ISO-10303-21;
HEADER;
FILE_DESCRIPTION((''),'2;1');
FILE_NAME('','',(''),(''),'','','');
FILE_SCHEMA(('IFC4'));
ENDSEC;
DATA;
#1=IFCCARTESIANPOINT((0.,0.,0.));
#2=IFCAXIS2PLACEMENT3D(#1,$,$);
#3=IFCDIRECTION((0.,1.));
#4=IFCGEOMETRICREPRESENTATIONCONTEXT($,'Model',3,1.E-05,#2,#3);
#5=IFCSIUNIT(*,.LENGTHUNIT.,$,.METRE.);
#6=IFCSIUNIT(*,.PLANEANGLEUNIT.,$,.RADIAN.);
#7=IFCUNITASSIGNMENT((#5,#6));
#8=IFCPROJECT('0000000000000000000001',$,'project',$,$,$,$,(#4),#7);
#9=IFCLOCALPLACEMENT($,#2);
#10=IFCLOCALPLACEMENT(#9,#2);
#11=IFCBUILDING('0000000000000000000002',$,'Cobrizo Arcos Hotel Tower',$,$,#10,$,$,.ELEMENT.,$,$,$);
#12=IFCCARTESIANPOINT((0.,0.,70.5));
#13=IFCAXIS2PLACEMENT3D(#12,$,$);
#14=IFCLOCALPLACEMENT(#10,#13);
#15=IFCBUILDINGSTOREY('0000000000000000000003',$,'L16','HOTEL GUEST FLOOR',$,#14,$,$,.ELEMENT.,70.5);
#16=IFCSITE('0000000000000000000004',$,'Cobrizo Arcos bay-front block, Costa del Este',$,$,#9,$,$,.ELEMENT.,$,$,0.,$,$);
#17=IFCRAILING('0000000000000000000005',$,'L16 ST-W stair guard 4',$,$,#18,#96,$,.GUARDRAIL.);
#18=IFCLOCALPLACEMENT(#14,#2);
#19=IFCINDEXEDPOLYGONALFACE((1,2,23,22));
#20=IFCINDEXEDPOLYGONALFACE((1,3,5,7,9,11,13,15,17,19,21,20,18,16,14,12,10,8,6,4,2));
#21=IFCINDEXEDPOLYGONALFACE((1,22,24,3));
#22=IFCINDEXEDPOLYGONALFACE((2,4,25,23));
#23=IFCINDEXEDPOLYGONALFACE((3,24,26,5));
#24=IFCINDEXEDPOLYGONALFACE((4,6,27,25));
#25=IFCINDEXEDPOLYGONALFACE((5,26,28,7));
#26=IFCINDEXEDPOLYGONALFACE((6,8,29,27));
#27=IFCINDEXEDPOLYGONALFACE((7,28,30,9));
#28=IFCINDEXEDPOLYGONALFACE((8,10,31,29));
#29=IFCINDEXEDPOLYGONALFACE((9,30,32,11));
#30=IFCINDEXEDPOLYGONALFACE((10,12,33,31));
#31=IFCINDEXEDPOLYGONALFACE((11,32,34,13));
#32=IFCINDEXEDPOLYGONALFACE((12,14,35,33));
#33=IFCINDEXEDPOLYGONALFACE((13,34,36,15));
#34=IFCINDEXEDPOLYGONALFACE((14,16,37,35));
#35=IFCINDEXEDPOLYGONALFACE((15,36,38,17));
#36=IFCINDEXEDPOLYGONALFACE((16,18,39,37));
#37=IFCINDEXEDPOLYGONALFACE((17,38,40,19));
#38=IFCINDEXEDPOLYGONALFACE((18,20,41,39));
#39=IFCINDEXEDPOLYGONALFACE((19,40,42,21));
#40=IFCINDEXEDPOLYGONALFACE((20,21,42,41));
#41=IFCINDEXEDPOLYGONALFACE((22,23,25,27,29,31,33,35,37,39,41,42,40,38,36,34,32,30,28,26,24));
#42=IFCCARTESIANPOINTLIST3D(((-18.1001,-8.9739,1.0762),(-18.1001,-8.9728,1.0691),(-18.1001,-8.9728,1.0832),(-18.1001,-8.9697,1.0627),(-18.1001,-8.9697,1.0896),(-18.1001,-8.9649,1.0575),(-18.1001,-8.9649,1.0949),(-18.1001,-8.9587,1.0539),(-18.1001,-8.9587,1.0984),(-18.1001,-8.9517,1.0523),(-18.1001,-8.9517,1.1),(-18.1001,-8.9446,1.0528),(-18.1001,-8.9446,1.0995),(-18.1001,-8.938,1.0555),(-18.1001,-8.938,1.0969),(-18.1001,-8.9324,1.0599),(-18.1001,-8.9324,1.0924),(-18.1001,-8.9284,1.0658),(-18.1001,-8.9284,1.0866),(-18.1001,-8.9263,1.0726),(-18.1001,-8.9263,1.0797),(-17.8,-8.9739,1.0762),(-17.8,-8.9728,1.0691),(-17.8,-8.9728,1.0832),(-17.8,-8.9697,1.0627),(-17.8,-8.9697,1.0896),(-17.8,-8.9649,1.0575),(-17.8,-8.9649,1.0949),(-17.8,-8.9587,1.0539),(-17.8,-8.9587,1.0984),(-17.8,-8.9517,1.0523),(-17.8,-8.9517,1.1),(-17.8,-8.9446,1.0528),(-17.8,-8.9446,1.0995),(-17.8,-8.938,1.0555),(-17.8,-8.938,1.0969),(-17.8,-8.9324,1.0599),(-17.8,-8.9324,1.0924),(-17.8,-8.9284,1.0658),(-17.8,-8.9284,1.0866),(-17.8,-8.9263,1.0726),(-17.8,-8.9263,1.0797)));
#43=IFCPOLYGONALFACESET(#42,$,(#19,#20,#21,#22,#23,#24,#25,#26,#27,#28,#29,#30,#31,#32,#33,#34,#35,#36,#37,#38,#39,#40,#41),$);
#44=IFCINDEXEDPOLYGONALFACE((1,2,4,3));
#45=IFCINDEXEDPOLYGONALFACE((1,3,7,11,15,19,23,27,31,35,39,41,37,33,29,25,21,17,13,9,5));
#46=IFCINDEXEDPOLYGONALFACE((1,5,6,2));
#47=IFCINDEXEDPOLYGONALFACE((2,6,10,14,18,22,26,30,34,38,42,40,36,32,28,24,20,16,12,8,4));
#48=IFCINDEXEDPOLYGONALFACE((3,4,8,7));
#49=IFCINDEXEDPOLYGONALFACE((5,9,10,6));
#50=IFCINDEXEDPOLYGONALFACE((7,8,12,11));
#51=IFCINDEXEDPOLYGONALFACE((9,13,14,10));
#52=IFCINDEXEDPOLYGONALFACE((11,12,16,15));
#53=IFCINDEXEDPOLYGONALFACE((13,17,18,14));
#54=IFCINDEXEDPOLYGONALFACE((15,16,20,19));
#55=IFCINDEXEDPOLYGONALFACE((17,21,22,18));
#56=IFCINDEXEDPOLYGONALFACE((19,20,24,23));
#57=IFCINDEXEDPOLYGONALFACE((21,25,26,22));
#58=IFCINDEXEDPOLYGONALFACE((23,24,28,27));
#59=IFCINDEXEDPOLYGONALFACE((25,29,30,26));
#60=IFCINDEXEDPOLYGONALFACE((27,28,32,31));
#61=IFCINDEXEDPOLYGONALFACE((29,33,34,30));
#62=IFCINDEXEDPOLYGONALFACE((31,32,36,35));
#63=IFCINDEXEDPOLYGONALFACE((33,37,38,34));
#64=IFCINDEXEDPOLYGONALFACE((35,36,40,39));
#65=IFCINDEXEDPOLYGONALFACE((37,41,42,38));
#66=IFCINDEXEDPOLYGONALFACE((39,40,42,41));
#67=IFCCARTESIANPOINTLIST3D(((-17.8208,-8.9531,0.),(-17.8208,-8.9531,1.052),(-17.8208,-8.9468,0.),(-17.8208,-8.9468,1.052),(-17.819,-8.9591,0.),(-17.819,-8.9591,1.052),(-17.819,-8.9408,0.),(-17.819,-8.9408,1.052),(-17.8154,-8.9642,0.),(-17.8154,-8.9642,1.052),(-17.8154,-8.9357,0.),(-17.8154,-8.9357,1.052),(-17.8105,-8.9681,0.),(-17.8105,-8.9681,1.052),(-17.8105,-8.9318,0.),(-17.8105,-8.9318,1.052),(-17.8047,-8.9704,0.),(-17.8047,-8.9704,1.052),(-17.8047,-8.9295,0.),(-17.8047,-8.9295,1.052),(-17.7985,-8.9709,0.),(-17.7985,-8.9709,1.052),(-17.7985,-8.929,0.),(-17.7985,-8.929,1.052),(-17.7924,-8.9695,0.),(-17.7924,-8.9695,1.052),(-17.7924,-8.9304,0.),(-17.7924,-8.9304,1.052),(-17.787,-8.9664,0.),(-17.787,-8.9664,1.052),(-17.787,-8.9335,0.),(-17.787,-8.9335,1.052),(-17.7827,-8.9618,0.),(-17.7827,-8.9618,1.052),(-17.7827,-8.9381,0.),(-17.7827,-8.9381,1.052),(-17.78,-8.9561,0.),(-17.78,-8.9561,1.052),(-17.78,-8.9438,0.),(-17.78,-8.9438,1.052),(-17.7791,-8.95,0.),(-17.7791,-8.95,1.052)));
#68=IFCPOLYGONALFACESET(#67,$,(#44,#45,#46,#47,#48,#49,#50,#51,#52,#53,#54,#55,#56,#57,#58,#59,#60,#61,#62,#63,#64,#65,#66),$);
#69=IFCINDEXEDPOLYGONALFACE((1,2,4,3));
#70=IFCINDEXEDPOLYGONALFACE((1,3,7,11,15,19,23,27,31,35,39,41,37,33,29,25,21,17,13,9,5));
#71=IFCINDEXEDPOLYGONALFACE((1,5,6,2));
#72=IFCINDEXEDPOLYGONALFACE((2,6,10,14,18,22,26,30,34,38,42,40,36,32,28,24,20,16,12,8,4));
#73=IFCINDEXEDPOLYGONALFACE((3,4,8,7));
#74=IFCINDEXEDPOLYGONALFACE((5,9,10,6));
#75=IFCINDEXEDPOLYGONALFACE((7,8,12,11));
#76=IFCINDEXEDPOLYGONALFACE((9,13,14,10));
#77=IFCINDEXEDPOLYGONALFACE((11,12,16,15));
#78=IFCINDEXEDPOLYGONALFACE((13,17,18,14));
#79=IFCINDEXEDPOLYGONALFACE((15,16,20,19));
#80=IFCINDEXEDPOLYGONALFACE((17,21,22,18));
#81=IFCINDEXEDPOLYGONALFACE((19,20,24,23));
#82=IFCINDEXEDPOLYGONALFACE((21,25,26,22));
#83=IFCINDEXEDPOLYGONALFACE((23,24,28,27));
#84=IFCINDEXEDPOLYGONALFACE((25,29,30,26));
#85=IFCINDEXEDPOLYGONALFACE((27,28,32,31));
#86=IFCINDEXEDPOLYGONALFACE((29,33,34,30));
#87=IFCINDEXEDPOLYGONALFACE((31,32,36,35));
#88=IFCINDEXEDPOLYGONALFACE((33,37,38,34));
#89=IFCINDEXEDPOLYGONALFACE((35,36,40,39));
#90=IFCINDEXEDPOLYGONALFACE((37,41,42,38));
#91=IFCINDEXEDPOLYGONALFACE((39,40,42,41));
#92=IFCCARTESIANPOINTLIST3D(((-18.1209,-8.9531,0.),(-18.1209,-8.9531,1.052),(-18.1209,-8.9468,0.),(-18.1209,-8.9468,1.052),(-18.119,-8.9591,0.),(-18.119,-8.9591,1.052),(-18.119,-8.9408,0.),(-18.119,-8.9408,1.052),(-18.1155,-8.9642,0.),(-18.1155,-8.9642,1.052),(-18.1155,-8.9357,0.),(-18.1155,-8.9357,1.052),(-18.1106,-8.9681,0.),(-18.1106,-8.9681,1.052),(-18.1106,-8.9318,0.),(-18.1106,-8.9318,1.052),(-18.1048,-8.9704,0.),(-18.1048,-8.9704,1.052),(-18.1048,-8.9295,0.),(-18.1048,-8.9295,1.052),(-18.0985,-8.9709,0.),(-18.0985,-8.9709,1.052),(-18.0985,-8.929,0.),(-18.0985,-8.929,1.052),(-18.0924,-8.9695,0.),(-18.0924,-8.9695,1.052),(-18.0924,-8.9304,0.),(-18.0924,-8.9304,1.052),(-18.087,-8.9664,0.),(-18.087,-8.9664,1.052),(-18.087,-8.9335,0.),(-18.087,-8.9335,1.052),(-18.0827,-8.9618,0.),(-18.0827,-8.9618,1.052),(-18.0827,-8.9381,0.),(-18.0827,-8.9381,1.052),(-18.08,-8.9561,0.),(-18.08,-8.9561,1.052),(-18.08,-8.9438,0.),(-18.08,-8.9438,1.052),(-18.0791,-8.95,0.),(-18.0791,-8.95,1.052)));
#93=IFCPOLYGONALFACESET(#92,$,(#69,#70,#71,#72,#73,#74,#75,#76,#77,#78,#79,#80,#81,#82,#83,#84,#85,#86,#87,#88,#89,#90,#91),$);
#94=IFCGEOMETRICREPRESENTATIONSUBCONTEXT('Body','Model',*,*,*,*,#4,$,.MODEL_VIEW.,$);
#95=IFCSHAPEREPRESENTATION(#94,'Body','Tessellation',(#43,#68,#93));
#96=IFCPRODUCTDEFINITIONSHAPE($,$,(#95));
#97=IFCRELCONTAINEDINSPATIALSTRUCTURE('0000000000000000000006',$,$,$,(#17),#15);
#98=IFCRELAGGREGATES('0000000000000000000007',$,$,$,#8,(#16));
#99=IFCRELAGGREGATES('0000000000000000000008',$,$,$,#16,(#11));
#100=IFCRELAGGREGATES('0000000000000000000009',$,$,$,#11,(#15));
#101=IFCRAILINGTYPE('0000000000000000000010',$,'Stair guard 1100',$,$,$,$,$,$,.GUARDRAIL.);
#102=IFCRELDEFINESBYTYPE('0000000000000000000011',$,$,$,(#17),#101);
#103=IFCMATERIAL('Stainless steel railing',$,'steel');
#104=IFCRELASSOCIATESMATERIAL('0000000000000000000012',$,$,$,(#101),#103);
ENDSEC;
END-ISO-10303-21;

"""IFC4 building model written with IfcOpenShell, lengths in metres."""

from ifc_helpers import new_model, si_unit, direction, frame, origin, origin_2d, place, context, subcontext, project, spatial, circle, extrude, material, type_object, element, save


model = new_model("IFC4")

# Units and contexts
model_context = context("Model", 3, precision=1e-05, world=origin(), true_north=direction((0.0, 1.0)))
body_context = subcontext(model_context, "Body", "Model", "MODEL_VIEW")
ifc_project = project(units=[si_unit("LENGTHUNIT", "METRE"), si_unit("PLANEANGLEUNIT", "RADIAN")], contexts=[model_context])

# Site, building, storey
site_placement = place(None, origin())
site = spatial("IfcSite", under=ifc_project, at=site_placement, Name="Cobrizo Arcos bay-front block, Costa del Este", CompositionType="ELEMENT", RefElevation=0.0)
building_placement = place(site_placement, origin())
building = spatial("IfcBuilding", under=site, at=building_placement, Name="Cobrizo Arcos Hotel Tower", CompositionType="ELEMENT")
storey_placement = place(building_placement, frame((0.0, 0.0, 70.5)))
storey = spatial("IfcBuildingStorey", under=building, at=storey_placement, Name="L16", Description="HOTEL GUEST FLOOR", CompositionType="ELEMENT", Elevation=70.5)

# Railing
ifc_material_1 = material(Name="Stainless steel railing", Category="steel")
railing_type_1 = type_object("IfcRailingType", Name="Stair guard 1100", PredefinedType="GUARDRAIL", material=ifc_material_1)
railing_1_placement = place(storey_placement, frame((-17.8, -8.95, 0.0)))
element("IfcRailing", 1, at=railing_1_placement, inside=storey, type_object=railing_type_1, Name="L16 ST-W stair guard 4", PredefinedType="GUARDRAIL", context=body_context, shape_type="SweptSolid", body=[
    extrude(circle(Radius=0.0239, at=origin_2d()), frame((0.0, 0.0, 1.0762), z_axis=(-1.0, 0.0, 0.0), x_axis=(0.0, -1.0, 0.0)), (0.0, 0.0, 1.0), 0.3),
    extrude(circle(Radius=0.021, at=origin_2d()), origin(), (0.0, 0.0, 1.0), 1.052),
    extrude(circle(Radius=0.021, at=origin_2d()), frame((-0.3, 0.0, 0.0)), (0.0, 0.0, 1.0), 1.052),
])

save(model, "model.ifc")
